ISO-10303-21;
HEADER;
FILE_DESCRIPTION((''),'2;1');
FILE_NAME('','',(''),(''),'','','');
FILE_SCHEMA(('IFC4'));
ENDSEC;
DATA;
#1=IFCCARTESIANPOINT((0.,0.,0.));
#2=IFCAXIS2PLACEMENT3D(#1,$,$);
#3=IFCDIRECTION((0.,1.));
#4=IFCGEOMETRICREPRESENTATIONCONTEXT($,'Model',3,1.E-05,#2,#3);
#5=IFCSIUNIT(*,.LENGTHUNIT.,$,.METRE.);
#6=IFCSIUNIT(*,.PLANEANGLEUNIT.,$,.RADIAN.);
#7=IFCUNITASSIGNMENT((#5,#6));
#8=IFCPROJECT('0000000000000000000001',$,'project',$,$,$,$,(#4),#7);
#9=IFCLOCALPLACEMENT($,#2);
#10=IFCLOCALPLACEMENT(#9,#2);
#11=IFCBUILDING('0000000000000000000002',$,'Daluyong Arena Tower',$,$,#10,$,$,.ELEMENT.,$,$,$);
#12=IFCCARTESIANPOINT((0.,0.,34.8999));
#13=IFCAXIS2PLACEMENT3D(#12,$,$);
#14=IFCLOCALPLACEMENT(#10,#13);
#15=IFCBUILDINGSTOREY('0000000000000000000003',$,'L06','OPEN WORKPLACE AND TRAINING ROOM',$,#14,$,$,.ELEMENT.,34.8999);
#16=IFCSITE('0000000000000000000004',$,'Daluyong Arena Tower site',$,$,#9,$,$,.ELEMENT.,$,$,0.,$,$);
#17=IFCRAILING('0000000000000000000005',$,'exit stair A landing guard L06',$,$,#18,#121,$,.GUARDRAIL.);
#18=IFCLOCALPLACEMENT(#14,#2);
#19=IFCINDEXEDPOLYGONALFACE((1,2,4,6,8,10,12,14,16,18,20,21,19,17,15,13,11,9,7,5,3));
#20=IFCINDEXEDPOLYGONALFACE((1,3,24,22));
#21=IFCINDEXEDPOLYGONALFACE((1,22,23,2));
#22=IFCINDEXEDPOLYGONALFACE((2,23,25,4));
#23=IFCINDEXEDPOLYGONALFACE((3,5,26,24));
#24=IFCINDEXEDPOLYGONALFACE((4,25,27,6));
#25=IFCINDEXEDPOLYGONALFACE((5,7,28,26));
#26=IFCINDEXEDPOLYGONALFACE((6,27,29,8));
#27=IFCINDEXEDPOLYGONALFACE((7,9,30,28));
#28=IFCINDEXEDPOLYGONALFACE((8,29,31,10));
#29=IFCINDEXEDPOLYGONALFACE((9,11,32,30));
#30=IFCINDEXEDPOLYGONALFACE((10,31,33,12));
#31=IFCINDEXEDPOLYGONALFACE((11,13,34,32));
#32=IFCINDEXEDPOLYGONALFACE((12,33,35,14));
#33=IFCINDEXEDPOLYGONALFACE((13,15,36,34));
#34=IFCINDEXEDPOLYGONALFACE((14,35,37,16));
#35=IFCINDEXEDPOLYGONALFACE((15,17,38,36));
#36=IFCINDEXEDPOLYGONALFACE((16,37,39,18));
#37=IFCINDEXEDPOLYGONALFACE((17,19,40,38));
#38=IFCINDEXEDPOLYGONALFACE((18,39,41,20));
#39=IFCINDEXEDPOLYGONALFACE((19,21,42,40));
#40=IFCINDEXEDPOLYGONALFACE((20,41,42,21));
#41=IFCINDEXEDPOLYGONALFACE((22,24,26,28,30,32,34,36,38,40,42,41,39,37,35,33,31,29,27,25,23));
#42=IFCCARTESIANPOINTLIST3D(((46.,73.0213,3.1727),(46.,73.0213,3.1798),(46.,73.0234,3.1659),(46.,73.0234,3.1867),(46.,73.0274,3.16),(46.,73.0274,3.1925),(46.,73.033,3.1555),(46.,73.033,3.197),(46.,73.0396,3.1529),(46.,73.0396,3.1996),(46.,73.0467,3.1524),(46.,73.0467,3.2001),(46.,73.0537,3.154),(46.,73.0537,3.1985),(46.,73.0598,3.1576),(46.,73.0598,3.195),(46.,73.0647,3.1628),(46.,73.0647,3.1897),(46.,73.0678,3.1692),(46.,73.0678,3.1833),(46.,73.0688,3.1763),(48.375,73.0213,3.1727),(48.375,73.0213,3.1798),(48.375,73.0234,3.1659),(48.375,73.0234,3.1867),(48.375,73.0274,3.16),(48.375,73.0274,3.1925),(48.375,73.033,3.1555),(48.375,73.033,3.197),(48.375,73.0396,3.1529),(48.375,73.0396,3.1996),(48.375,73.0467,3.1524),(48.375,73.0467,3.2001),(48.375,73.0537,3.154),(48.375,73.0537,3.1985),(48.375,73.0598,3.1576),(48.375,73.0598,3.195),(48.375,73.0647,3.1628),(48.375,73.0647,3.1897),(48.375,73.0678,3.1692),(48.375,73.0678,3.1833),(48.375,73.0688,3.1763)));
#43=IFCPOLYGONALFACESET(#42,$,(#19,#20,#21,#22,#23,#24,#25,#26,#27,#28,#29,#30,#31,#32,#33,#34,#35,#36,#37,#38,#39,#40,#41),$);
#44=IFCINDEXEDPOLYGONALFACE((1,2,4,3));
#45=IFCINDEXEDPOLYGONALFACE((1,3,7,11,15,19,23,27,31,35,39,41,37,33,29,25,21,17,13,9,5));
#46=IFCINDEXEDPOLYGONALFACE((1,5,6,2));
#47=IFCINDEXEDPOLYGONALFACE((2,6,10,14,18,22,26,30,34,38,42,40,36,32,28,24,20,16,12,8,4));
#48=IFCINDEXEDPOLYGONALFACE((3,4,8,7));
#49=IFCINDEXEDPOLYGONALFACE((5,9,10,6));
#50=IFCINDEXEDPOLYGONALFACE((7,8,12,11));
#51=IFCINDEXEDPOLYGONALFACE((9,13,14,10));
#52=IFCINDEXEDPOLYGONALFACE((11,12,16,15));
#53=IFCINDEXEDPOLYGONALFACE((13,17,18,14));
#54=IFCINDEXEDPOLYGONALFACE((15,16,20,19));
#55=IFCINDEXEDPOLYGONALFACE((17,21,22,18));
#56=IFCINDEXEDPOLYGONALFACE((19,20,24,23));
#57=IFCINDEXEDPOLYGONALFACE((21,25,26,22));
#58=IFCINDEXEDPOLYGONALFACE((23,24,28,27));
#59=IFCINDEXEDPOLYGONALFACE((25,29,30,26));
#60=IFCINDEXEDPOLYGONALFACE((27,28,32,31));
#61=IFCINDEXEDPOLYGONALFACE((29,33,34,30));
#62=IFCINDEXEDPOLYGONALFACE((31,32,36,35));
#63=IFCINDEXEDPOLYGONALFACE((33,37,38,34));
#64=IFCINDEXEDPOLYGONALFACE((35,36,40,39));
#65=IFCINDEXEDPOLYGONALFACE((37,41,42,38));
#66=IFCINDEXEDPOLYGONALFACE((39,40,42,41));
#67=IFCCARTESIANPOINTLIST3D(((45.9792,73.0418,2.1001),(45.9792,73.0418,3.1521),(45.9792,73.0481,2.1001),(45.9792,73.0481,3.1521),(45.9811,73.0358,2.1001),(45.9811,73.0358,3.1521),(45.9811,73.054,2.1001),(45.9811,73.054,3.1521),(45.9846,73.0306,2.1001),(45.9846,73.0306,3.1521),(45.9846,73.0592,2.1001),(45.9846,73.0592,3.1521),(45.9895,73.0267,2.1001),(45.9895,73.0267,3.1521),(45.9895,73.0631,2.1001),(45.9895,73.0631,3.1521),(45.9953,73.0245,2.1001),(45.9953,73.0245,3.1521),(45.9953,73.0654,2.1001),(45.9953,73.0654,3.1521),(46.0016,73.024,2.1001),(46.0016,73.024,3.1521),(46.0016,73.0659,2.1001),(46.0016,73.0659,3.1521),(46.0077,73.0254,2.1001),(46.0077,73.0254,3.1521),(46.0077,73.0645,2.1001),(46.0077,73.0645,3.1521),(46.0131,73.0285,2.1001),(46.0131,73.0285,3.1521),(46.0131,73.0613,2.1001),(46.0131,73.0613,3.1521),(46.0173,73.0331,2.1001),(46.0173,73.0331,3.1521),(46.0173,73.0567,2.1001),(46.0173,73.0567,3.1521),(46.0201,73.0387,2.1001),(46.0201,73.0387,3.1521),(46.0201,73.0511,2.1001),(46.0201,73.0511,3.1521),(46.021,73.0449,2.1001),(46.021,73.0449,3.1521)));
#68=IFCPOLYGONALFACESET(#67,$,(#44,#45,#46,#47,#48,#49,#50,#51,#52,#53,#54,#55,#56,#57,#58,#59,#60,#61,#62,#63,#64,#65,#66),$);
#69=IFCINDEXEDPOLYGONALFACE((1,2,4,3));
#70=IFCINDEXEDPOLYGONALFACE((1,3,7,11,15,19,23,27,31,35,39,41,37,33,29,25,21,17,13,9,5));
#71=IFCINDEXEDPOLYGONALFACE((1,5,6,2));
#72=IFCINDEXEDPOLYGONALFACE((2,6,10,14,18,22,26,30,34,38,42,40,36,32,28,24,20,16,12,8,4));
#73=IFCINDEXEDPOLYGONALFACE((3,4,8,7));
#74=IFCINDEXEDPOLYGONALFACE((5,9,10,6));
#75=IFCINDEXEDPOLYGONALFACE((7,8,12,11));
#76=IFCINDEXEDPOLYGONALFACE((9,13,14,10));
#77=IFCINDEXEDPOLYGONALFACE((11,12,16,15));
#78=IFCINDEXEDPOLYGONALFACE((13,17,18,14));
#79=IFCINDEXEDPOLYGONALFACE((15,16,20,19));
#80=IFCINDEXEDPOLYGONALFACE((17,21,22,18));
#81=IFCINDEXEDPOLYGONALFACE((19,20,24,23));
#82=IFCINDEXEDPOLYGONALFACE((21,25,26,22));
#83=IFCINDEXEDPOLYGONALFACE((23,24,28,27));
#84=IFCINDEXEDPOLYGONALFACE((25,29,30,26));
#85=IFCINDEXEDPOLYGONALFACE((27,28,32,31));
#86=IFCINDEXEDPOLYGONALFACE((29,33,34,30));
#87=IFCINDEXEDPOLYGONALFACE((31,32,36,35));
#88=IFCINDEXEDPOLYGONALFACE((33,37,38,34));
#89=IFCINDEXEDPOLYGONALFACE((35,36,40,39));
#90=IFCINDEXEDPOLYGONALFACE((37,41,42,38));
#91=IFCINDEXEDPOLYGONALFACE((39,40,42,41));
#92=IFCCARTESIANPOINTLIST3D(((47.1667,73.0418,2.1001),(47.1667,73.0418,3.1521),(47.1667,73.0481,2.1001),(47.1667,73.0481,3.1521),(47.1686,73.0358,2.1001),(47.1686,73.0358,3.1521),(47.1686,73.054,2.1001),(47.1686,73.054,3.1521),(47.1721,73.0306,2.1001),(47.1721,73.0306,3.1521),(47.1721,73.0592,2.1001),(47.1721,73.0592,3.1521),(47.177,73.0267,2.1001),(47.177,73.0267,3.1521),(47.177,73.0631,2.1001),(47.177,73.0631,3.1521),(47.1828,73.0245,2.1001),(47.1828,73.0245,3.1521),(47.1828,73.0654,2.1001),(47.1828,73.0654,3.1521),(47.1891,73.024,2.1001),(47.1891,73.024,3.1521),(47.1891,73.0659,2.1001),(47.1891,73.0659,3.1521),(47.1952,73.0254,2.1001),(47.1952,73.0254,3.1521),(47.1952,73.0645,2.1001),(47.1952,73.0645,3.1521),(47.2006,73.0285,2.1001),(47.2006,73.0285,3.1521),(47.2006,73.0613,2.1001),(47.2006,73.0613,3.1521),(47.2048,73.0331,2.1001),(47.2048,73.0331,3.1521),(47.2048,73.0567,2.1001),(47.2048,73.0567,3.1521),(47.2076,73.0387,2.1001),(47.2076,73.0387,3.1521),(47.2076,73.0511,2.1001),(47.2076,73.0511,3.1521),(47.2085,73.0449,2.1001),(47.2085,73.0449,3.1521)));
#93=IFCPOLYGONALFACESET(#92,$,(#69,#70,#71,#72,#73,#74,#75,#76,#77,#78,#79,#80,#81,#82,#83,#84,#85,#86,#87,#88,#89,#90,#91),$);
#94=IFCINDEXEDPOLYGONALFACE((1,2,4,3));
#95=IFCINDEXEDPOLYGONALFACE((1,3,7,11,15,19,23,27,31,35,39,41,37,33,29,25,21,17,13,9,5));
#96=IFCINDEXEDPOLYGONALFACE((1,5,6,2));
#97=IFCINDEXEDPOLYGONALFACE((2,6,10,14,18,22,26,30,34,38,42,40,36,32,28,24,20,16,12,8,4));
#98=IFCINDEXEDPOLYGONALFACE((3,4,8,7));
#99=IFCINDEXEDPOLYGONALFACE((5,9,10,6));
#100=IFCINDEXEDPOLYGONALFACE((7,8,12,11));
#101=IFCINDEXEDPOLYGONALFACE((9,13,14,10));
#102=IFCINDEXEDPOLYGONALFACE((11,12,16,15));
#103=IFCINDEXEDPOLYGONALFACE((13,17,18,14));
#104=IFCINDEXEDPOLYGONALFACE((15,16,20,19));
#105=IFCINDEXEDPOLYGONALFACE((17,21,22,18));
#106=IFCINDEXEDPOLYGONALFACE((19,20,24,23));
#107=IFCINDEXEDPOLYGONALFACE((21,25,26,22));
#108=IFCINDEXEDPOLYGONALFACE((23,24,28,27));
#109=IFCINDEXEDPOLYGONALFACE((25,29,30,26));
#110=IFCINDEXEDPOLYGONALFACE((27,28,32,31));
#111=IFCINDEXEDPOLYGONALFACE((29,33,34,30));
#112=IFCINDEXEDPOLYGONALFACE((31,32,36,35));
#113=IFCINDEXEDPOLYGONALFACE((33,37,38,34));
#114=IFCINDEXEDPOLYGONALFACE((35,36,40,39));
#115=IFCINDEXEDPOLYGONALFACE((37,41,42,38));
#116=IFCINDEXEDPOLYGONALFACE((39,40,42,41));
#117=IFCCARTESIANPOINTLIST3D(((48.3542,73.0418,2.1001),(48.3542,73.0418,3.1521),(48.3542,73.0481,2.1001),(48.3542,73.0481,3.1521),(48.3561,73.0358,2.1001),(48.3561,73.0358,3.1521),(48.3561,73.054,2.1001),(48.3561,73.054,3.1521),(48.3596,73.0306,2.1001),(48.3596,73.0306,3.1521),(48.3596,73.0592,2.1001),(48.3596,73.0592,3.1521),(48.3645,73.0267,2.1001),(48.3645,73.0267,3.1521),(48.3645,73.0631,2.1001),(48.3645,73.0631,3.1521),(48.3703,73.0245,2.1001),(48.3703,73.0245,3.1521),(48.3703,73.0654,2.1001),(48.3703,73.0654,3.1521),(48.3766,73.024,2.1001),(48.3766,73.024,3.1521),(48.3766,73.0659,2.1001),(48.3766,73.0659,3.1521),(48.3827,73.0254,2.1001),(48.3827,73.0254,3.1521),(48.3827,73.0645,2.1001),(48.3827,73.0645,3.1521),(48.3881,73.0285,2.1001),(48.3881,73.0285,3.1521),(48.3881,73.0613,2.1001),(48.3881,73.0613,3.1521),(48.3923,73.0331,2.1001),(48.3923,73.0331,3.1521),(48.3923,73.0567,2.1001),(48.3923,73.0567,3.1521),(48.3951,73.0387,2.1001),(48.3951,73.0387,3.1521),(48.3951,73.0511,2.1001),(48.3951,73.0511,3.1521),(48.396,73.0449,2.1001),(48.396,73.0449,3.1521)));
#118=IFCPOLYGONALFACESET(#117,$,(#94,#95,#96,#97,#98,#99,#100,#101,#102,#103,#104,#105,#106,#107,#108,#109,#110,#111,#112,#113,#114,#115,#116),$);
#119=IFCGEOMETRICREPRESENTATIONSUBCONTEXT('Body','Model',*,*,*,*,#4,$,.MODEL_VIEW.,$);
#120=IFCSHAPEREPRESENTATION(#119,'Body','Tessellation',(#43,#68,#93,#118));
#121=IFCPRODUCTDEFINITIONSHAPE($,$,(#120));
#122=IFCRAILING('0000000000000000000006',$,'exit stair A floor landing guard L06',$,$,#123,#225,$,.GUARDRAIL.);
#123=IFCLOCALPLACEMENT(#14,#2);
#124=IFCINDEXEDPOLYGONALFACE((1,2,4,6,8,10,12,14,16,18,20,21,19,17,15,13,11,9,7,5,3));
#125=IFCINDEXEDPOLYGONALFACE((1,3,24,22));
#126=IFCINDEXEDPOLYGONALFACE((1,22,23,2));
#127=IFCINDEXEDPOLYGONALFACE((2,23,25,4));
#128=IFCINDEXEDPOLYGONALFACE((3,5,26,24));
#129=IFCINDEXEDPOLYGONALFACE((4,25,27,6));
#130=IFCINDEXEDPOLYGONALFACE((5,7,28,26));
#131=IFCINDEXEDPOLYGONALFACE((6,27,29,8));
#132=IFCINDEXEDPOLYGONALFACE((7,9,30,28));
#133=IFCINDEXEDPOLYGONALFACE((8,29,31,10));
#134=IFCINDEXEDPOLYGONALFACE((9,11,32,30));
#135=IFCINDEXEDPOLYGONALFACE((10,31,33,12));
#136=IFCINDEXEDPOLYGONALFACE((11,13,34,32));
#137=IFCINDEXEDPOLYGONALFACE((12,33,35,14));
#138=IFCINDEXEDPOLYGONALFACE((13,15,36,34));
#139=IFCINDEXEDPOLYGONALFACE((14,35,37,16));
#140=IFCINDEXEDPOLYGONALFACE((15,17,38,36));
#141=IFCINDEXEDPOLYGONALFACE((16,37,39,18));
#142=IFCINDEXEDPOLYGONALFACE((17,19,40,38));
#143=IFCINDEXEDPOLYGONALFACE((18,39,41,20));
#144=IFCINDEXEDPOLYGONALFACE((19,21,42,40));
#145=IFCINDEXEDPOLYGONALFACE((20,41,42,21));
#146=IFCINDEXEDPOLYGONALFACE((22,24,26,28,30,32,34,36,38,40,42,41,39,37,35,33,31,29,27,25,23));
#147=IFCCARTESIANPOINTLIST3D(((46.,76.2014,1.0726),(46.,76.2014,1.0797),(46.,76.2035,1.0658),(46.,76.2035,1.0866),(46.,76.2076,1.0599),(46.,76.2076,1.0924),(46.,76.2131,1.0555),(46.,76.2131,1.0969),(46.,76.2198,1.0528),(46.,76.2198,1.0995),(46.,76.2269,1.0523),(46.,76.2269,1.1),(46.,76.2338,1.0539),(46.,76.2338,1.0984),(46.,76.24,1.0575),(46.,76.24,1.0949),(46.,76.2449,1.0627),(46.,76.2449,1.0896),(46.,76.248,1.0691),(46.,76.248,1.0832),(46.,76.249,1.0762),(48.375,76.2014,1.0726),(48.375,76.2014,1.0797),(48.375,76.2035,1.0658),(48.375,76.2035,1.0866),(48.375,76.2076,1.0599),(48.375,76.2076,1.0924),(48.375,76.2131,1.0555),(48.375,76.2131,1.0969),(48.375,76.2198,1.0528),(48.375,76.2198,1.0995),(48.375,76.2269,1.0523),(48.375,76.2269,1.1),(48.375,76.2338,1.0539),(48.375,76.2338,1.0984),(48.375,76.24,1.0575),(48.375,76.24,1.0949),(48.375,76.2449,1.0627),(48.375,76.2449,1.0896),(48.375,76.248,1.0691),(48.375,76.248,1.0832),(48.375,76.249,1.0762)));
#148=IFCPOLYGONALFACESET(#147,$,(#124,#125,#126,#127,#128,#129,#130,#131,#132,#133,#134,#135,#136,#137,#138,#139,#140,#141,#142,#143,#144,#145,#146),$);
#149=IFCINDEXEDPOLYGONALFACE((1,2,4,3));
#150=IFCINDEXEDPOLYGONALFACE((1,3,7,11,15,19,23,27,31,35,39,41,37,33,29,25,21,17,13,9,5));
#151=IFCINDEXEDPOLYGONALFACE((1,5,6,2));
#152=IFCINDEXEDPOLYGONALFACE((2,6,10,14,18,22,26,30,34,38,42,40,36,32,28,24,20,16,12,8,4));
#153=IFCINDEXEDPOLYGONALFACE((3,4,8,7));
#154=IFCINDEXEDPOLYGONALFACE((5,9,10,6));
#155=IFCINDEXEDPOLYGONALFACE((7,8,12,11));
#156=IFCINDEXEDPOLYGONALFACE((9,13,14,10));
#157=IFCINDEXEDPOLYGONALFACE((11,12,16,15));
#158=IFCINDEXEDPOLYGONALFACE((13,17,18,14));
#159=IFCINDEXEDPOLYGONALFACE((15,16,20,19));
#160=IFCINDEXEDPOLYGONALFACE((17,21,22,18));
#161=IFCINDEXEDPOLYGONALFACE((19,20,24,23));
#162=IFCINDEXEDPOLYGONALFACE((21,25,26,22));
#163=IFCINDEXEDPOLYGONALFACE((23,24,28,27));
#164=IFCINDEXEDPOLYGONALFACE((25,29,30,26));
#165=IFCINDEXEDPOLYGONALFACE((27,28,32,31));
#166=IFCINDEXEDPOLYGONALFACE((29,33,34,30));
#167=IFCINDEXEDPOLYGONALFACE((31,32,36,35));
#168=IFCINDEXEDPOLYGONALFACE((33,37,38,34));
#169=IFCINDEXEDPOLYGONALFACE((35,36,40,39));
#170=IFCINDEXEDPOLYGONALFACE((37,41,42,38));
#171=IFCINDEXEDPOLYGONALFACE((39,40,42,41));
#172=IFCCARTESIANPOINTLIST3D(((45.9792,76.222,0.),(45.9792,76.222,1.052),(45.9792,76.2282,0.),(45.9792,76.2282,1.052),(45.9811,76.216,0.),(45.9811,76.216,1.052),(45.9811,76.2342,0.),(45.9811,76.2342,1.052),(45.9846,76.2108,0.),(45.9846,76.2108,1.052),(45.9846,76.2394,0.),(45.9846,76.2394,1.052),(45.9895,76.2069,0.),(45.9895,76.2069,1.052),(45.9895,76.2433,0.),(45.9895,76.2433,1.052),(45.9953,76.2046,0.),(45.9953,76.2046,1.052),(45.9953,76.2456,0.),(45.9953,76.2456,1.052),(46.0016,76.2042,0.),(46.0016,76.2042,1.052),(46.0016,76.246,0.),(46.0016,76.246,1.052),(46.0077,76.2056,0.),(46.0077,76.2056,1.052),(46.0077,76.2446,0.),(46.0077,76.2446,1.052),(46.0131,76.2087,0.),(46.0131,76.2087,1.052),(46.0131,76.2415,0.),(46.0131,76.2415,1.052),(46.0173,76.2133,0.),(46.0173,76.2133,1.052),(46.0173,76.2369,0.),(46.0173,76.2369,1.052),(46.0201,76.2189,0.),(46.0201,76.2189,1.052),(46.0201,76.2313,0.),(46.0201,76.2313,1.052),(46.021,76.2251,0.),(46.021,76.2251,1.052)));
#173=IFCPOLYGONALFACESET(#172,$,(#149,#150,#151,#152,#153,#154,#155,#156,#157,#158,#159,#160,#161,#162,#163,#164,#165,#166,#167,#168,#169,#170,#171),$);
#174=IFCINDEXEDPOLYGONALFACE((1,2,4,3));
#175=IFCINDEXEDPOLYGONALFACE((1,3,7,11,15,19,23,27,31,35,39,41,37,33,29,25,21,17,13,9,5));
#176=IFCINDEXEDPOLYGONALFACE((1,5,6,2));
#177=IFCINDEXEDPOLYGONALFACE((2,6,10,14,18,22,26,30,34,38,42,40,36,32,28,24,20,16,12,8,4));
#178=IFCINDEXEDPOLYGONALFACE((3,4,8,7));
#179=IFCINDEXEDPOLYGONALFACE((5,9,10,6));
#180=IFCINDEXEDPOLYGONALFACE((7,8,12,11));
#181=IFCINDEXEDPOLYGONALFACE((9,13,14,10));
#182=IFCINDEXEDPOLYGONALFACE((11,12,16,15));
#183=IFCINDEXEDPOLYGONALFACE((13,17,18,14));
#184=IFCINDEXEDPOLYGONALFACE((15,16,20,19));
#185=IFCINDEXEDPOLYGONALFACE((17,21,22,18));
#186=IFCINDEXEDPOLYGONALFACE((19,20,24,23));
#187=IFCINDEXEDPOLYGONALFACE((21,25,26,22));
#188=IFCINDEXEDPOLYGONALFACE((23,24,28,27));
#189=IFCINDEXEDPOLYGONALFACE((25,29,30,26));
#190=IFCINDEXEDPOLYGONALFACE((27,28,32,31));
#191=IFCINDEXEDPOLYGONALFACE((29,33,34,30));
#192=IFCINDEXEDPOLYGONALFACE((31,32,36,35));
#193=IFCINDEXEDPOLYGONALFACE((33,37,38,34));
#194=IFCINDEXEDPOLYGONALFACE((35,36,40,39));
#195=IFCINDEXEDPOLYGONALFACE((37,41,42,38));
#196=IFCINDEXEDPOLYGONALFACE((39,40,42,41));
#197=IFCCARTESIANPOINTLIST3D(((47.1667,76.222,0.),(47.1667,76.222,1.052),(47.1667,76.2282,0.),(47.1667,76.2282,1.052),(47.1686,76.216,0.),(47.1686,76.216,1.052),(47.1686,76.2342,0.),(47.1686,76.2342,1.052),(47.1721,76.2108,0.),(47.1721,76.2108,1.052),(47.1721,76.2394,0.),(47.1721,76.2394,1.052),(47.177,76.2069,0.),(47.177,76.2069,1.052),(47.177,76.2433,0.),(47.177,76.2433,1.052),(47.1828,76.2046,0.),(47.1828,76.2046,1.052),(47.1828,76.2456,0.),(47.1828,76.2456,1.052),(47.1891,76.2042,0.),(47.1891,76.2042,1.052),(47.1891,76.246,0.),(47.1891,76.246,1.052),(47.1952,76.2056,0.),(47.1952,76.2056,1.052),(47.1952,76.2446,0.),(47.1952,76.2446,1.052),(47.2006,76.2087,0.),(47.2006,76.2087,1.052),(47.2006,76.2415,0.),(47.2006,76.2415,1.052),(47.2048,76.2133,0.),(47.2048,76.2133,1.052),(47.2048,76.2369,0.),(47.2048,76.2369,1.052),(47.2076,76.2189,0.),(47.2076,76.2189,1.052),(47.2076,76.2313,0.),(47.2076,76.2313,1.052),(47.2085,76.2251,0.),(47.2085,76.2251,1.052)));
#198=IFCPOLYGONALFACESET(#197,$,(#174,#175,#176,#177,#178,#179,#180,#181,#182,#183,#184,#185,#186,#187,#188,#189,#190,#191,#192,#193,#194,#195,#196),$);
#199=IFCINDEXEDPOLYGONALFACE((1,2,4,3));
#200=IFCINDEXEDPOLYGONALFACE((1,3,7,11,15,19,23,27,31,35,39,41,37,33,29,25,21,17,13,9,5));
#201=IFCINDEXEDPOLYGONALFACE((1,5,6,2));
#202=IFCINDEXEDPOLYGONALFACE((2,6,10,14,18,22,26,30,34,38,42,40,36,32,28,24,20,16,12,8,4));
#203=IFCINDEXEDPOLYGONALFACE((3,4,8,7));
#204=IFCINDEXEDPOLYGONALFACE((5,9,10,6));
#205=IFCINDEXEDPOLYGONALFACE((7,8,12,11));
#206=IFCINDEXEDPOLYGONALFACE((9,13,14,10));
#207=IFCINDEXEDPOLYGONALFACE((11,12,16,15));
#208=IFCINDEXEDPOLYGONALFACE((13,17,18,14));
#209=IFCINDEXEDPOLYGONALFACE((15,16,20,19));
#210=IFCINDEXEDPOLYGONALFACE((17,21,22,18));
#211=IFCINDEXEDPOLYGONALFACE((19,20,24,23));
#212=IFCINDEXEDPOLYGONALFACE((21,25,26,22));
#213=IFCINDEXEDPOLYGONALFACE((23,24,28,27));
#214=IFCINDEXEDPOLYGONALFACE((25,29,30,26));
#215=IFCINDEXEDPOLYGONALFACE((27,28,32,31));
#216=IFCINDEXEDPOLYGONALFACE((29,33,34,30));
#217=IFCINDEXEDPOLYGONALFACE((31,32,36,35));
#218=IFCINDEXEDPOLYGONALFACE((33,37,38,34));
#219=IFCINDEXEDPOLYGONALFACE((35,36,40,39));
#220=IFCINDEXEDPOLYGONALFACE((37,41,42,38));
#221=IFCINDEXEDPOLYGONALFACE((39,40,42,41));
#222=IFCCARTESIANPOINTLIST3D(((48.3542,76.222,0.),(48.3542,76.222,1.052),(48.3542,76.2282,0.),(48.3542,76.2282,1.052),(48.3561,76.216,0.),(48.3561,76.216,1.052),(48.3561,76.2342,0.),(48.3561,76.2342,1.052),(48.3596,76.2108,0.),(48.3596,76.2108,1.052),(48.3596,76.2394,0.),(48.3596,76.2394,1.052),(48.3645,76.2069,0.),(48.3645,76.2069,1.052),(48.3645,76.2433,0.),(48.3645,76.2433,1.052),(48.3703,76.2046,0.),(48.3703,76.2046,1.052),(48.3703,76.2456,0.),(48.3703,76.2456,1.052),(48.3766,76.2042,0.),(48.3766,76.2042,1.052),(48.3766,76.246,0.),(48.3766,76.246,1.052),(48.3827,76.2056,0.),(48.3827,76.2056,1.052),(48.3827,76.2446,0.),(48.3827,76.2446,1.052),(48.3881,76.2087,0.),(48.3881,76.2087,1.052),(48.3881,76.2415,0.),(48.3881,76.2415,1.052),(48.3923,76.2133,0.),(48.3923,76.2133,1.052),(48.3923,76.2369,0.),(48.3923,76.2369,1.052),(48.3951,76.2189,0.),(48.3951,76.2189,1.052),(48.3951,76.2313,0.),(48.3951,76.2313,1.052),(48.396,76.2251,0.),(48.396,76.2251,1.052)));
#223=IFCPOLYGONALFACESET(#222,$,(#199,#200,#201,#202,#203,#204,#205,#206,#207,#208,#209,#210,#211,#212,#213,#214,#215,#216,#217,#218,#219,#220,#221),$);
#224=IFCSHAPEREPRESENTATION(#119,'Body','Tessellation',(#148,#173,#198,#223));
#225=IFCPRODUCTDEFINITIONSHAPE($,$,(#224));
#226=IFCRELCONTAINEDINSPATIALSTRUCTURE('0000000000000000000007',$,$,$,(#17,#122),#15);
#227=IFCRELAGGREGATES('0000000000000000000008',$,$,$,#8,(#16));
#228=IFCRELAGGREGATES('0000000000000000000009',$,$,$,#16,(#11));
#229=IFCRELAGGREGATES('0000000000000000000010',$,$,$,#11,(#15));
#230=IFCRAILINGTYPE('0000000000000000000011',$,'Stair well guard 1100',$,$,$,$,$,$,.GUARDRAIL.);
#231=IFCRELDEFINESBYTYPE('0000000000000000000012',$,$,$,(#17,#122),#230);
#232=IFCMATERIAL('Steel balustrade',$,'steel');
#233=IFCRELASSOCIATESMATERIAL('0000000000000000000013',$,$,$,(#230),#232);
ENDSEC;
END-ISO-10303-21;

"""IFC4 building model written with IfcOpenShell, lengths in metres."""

from ifc_helpers import new_model, si_unit, direction, frame, origin, origin_2d, place, context, subcontext, project, spatial, circle, extrude, material, type_object, element, save


model = new_model("IFC4")

# Units and contexts
model_context = context("Model", 3, precision=1e-05, world=origin(), true_north=direction((0.0, 1.0)))
body_context = subcontext(model_context, "Body", "Model", "MODEL_VIEW")
ifc_project = project(units=[si_unit("LENGTHUNIT", "METRE"), si_unit("PLANEANGLEUNIT", "RADIAN")], contexts=[model_context])

# Site, building, storey
site_placement = place(None, origin())
site = spatial("IfcSite", under=ifc_project, at=site_placement, Name="Daluyong Arena Tower site", CompositionType="ELEMENT", RefElevation=0.0)
building_placement = place(site_placement, origin())
building = spatial("IfcBuilding", under=site, at=building_placement, Name="Daluyong Arena Tower", CompositionType="ELEMENT")
storey_placement = place(building_placement, frame((0.0, 0.0, 34.8999)))
storey = spatial("IfcBuildingStorey", under=building, at=storey_placement, Name="L06", Description="OPEN WORKPLACE AND TRAINING ROOM", CompositionType="ELEMENT", Elevation=34.8999)

# Railings
ifc_material_1 = material(Name="Steel balustrade", Category="steel")
railing_type_1 = type_object("IfcRailingType", Name="Stair well guard 1100", PredefinedType="GUARDRAIL", material=ifc_material_1)
for number, where, name in (
    (1, (46.0, 73.0449, 2.1001), "exit stair A landing guard L06"),
    (2, (46.0, 76.2251, 0.0), "exit stair A floor landing guard L06"),
):
    element("IfcRailing", number, at=place(storey_placement, frame(where)), inside=storey, type_object=railing_type_1, Name=name, PredefinedType="GUARDRAIL", context=body_context, shape_type="SweptSolid", body=[
        extrude(circle(Radius=0.0239, at=origin_2d()), frame((0.0, 0.0, 1.0762), z_axis=(1.0, 0.0, 0.0), x_axis=(0.0, 1.0, 0.0)), (0.0, 0.0, 1.0), 2.375),
        extrude(circle(Radius=0.021, at=origin_2d()), origin(), (0.0, 0.0, 1.0), 1.052),
        extrude(circle(Radius=0.021, at=origin_2d()), frame((1.1875, 0.0, 0.0)), (0.0, 0.0, 1.0), 1.052),
        extrude(circle(Radius=0.021, at=origin_2d()), frame((2.375, 0.0, 0.0)), (0.0, 0.0, 1.0), 1.052),
    ])

save(model, "model.ifc")
